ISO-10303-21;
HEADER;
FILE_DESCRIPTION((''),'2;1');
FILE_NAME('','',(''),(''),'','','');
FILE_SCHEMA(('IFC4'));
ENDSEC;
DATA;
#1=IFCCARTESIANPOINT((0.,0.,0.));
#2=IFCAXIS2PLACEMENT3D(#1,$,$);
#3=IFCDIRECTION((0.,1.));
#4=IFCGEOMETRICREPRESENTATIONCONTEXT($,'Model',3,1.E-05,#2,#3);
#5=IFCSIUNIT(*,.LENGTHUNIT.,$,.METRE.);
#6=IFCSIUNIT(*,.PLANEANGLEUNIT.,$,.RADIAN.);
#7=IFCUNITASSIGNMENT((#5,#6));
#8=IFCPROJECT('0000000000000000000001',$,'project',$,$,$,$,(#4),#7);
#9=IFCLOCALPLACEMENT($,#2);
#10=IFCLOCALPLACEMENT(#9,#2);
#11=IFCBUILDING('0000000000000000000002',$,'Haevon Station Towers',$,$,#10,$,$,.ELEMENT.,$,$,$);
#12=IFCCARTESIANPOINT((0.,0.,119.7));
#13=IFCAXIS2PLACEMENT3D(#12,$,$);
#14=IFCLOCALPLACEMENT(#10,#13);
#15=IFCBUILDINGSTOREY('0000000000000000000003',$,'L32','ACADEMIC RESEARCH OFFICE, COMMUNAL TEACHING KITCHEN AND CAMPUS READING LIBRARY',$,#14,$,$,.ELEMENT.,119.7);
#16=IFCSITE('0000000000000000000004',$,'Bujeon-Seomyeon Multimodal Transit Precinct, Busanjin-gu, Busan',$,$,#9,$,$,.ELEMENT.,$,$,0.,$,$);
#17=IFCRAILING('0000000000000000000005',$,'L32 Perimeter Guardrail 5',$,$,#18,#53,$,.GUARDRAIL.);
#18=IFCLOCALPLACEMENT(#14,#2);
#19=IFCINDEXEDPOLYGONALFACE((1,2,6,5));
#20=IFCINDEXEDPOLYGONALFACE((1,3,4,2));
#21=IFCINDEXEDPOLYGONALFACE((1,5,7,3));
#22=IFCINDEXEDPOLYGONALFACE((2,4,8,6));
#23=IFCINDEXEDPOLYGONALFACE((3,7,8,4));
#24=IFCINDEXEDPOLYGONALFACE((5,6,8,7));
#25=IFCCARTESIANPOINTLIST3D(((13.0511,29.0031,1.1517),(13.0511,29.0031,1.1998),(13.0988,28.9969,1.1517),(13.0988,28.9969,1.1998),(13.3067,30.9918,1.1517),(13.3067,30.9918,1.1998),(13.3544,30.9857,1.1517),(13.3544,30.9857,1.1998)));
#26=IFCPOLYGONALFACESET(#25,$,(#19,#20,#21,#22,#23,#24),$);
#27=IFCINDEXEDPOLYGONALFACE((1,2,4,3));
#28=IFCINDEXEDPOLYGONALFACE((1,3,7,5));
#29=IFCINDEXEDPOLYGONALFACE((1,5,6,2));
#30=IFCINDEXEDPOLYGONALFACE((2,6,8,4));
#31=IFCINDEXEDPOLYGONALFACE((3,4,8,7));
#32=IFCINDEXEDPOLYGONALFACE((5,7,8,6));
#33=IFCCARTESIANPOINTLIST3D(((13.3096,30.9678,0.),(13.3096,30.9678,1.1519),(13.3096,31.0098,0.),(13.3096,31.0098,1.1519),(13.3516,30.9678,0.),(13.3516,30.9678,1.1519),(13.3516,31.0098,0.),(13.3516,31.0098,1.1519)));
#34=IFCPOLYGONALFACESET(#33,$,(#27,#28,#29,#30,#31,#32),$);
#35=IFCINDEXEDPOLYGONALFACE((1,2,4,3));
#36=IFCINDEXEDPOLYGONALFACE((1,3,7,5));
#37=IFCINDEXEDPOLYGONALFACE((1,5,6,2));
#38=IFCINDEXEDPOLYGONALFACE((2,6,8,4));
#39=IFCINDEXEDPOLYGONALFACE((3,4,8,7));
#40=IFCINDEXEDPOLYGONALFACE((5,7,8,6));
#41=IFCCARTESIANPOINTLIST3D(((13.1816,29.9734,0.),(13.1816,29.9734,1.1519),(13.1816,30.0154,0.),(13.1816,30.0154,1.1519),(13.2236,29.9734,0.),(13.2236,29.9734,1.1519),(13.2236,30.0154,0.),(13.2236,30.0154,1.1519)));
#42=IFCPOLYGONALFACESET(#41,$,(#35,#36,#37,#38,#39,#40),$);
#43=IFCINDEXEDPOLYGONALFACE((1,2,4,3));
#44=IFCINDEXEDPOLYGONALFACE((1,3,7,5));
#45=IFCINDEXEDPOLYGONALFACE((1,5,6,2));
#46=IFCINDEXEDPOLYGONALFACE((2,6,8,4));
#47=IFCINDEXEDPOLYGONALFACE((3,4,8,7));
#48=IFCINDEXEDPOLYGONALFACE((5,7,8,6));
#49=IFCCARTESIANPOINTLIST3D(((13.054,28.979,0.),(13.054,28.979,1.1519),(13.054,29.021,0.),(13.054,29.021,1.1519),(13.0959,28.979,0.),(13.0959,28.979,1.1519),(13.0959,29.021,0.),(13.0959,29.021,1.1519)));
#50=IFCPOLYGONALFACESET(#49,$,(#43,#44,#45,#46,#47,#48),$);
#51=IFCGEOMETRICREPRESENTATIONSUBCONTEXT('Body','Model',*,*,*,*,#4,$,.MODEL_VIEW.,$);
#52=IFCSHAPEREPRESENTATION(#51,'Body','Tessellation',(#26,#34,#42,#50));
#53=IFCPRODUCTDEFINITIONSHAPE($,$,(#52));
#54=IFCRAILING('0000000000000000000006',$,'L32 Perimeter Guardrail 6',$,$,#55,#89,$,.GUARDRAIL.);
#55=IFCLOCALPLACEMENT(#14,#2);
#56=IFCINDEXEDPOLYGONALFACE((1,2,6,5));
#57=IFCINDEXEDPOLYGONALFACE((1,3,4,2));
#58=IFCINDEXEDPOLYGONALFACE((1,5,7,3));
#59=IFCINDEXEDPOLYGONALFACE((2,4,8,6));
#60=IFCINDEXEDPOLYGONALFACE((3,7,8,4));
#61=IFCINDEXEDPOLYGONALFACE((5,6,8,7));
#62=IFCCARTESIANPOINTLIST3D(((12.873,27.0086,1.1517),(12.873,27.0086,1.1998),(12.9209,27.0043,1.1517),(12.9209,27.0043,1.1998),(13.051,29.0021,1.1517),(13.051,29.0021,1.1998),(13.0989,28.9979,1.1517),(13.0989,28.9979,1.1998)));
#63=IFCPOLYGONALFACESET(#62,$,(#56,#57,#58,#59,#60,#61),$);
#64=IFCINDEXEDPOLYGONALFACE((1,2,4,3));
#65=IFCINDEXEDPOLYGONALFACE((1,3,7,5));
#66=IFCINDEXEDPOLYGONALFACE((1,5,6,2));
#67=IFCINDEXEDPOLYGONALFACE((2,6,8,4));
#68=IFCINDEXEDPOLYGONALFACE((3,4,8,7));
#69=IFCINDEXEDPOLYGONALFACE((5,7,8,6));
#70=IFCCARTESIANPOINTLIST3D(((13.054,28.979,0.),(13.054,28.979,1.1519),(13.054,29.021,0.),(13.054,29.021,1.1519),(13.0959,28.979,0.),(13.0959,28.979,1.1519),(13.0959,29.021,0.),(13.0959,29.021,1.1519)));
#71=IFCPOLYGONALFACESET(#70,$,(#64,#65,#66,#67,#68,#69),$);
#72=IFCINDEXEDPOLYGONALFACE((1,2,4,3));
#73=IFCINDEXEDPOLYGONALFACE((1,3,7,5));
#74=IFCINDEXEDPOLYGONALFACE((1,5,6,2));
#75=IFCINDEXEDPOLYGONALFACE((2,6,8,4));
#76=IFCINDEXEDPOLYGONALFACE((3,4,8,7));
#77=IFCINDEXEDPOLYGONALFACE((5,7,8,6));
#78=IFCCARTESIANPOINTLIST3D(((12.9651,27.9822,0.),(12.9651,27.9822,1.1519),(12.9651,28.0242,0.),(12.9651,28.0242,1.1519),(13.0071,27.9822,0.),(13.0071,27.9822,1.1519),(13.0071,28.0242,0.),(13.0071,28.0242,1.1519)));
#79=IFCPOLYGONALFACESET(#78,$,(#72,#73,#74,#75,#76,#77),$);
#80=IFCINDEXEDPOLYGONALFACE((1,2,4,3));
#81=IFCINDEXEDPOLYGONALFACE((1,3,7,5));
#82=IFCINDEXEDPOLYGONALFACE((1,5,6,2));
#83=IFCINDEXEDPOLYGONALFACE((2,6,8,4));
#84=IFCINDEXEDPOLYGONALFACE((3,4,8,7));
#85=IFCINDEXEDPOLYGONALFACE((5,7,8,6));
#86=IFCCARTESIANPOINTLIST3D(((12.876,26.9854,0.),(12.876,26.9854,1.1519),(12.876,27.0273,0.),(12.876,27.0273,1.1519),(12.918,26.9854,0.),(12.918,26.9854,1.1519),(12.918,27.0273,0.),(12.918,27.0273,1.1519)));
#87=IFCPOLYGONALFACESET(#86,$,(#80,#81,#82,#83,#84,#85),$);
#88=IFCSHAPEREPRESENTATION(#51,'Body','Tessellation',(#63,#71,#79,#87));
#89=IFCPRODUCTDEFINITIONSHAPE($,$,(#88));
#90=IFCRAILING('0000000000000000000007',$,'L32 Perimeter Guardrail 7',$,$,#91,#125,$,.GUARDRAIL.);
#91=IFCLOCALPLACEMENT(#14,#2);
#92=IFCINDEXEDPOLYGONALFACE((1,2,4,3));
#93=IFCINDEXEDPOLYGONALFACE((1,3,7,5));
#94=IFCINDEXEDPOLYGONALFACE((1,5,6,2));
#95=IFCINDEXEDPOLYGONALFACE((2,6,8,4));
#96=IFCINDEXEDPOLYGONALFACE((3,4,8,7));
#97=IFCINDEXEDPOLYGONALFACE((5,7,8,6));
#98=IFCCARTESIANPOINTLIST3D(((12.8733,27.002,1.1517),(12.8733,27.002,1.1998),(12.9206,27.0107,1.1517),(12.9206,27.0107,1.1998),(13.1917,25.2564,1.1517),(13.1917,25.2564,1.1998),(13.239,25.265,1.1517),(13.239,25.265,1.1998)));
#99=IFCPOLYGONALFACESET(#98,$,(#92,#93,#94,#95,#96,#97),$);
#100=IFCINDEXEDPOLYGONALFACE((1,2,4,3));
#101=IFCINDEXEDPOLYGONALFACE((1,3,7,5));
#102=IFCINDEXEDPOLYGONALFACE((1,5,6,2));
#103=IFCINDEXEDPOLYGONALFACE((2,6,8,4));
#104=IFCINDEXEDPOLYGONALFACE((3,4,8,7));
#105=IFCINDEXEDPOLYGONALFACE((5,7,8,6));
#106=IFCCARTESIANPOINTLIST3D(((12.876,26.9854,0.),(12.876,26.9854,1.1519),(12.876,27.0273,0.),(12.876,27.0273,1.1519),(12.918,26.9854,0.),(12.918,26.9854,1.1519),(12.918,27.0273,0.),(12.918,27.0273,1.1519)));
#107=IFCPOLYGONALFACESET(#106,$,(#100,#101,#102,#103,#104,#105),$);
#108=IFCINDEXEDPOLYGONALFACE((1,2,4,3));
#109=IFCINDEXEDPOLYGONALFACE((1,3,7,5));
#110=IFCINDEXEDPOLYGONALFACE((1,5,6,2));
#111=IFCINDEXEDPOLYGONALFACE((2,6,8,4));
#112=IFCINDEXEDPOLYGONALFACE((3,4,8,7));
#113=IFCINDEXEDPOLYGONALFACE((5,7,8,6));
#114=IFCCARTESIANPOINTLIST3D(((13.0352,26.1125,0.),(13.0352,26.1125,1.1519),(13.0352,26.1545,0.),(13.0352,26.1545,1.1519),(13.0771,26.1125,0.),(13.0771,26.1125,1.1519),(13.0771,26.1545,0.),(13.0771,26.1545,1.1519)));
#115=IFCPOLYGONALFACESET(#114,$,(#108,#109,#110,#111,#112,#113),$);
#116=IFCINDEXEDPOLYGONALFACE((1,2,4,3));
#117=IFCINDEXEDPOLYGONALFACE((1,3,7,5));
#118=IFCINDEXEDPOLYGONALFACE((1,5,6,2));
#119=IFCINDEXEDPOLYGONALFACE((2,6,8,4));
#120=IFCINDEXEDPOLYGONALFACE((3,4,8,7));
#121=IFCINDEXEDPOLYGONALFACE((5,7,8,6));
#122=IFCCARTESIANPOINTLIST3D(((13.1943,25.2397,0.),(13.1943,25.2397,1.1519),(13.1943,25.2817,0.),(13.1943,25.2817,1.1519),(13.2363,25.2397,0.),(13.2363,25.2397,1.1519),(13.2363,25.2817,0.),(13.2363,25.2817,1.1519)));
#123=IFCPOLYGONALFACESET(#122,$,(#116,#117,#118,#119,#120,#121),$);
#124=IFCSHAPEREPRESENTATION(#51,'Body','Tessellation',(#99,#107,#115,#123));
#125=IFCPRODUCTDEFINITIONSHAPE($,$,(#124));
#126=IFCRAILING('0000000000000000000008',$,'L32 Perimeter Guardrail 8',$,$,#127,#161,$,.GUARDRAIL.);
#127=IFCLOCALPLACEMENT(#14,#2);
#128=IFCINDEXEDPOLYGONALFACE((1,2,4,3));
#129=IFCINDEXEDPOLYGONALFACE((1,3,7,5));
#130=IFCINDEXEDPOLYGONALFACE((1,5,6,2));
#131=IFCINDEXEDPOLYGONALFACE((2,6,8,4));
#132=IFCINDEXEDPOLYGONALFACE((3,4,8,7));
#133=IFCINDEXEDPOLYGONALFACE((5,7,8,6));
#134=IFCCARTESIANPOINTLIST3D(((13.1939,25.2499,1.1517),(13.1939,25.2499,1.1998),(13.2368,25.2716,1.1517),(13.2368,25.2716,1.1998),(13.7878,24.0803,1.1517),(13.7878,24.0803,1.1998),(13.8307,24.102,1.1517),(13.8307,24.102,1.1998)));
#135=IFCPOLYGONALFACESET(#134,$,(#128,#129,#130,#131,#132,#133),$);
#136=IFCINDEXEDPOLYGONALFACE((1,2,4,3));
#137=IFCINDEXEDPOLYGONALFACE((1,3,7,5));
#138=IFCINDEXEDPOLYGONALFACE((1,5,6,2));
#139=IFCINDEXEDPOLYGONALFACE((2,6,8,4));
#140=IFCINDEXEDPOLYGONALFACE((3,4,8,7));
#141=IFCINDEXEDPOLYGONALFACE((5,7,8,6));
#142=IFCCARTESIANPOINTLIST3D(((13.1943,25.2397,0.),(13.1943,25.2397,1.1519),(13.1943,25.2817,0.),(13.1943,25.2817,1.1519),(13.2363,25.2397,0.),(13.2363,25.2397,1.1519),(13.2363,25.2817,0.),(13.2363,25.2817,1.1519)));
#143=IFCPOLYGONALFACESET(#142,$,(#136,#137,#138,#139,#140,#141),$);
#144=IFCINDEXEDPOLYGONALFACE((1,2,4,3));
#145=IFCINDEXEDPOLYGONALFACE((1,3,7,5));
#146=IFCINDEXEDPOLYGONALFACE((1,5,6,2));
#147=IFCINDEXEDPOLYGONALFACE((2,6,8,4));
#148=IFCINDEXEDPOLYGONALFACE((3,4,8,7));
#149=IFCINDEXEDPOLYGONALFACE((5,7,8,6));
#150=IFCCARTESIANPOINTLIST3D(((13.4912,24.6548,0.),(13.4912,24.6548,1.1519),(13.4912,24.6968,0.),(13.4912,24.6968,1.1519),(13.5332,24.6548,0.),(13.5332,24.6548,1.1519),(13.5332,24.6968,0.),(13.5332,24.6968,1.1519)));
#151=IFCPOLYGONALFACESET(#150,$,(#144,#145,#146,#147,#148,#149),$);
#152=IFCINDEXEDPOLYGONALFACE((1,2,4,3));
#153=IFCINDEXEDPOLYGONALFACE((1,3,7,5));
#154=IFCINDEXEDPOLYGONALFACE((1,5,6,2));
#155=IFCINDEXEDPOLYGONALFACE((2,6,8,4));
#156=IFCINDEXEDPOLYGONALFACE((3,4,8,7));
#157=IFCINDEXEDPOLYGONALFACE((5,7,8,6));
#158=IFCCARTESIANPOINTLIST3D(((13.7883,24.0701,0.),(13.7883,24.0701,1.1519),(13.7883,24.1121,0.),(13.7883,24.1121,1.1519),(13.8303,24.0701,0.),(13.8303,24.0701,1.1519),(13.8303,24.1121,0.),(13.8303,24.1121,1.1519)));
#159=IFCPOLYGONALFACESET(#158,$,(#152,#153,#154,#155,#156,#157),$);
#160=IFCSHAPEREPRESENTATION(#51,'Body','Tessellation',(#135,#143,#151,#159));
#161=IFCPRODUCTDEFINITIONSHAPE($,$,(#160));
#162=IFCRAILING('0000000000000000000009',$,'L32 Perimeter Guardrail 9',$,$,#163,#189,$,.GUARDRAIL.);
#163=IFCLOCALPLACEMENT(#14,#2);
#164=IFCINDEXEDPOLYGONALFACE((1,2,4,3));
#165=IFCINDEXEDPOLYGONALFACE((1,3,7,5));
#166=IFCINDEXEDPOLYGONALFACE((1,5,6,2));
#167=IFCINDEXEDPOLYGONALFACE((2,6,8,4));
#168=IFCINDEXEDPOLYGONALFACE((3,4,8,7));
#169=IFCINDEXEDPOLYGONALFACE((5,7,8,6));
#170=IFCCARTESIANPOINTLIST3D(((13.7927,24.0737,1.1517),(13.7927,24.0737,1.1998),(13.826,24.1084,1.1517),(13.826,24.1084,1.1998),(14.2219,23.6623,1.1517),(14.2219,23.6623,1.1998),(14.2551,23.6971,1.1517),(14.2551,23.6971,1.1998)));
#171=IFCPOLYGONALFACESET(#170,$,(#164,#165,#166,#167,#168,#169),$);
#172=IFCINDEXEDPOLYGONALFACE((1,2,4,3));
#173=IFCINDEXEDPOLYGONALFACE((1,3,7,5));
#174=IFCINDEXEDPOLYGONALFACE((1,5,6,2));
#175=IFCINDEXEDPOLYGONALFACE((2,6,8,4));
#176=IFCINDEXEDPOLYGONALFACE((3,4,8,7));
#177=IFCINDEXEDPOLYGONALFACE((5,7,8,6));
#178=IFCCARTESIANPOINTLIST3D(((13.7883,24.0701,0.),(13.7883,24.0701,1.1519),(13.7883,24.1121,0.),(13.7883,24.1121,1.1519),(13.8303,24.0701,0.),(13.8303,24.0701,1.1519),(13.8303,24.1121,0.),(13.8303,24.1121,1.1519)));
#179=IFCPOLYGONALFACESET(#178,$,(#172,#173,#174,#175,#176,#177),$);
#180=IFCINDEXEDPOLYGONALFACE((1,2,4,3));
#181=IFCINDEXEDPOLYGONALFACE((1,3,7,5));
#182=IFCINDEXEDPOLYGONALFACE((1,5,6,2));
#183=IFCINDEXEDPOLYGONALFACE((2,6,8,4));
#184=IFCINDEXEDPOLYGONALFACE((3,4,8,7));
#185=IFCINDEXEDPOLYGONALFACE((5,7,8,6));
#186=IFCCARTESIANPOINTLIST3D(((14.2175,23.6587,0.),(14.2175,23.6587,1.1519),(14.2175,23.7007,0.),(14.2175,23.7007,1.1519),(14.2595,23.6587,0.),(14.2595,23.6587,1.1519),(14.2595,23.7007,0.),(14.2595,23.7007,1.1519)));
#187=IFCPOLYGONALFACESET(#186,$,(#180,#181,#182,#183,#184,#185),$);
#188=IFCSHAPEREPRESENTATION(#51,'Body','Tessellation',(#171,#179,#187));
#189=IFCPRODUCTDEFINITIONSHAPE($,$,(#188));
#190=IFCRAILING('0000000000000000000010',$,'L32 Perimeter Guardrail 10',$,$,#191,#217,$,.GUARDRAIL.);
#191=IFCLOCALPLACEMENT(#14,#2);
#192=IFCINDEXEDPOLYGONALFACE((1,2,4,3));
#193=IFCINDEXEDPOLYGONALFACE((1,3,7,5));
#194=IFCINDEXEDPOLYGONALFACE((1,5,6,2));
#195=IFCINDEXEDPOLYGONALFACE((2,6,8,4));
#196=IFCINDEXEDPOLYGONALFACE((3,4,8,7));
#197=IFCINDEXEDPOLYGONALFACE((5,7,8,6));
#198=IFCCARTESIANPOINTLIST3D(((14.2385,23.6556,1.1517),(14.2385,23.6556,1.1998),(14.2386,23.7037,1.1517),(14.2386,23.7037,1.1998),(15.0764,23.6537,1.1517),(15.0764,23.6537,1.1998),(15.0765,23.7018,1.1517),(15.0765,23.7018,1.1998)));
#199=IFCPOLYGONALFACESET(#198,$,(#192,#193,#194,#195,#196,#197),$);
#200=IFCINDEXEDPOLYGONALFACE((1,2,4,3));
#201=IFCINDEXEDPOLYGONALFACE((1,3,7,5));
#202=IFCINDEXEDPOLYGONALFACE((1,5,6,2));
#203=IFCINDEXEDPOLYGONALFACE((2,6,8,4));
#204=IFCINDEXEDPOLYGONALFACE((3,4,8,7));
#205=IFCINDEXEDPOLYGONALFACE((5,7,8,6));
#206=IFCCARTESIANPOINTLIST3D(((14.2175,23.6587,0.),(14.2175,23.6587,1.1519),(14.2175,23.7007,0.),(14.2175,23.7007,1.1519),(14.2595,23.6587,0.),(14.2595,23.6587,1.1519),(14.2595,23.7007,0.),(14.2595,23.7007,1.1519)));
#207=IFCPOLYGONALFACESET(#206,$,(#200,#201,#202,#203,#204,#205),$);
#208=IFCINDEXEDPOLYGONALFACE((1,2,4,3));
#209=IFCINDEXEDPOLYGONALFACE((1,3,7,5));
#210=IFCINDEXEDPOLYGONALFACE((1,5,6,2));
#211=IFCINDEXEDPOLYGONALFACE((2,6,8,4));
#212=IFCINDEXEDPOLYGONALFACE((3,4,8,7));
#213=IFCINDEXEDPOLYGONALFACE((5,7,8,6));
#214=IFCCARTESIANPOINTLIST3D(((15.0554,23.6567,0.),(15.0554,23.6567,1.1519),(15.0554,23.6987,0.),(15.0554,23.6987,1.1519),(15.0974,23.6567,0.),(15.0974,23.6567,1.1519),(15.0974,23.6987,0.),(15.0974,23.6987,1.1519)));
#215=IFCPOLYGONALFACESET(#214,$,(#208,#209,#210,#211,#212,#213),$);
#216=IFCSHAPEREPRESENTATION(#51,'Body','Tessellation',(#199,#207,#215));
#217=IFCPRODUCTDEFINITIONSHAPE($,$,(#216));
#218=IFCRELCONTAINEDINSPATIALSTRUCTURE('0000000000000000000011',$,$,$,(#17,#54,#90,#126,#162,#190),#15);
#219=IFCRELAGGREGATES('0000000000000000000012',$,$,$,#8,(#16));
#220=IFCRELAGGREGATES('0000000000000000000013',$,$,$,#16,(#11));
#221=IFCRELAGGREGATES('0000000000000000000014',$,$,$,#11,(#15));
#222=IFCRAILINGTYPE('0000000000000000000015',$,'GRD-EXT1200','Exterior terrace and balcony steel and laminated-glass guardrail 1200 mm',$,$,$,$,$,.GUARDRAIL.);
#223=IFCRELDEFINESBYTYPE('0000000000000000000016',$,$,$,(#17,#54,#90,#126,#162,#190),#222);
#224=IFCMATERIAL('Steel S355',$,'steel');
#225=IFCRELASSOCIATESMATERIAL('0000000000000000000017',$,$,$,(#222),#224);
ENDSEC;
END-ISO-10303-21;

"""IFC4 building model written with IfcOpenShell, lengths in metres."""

from ifc_helpers import new_model, si_unit, direction, frame, origin, origin_2d, place, context, subcontext, project, spatial, rectangle, extrude, material, type_object, element, save


model = new_model("IFC4")

# Units and contexts
model_context = context("Model", 3, precision=1e-05, world=origin(), true_north=direction((0.0, 1.0)))
body_context = subcontext(model_context, "Body", "Model", "MODEL_VIEW")
ifc_project = project(units=[si_unit("LENGTHUNIT", "METRE"), si_unit("PLANEANGLEUNIT", "RADIAN")], contexts=[model_context])

# Site, building, storey
site_placement = place(None, origin())
site = spatial("IfcSite", under=ifc_project, at=site_placement, Name="Bujeon-Seomyeon Multimodal Transit Precinct, Busanjin-gu, Busan", CompositionType="ELEMENT", RefElevation=0.0)
building_placement = place(site_placement, origin())
building = spatial("IfcBuilding", under=site, at=building_placement, Name="Haevon Station Towers", CompositionType="ELEMENT")
storey_placement = place(building_placement, frame((0.0, 0.0, 119.7)))
storey = spatial("IfcBuildingStorey", under=building, at=storey_placement, Name="L32", Description="ACADEMIC RESEARCH OFFICE, COMMUNAL TEACHING KITCHEN AND CAMPUS READING LIBRARY", CompositionType="ELEMENT", Elevation=119.7)

# Shared definitions
ifc_material_1 = material(Name="Steel S355", Category="steel")

# Railings
railing_type = type_object("IfcRailingType", Name="GRD-EXT1200", Description="Exterior terrace and balcony steel and laminated-glass guardrail 1200 mm", PredefinedType="GUARDRAIL", material=ifc_material_1)
railing_1_placement = place(storey_placement, frame((13.3306, 30.9888, 0.0)))
element("IfcRailing", 1, at=railing_1_placement, inside=storey, type_object=railing_type, Name="L32 Perimeter Guardrail 5", PredefinedType="GUARDRAIL", context=body_context, shape_type="SweptSolid", body=[
    extrude(rectangle(XDim=0.0481, YDim=0.0481, at=origin_2d()), frame((0.0, 0.0, 1.1758), z_axis=(-0.127481, -0.991841, 0.0), x_axis=(0.991841, -0.127481, 0.0)), (0.0, 0.0, 1.0), 2.0051),
    extrude(rectangle(XDim=0.042, YDim=0.042, at=origin_2d()), origin(), (0.0, 0.0, 1.0), 1.1519),
    extrude(rectangle(XDim=0.042, YDim=0.042, at=origin_2d()), frame((-0.1279, -0.9944, 0.0)), (0.0, 0.0, 1.0), 1.1519),
    extrude(rectangle(XDim=0.042, YDim=0.042, at=origin_2d()), frame((-0.2556, -1.9888, 0.0)), (0.0, 0.0, 1.0), 1.1519),
])
railing_2_placement = place(storey_placement, frame((13.075, 29.0, 0.0)))
element("IfcRailing", 2, at=railing_2_placement, inside=storey, type_object=railing_type, Name="L32 Perimeter Guardrail 6", PredefinedType="GUARDRAIL", context=body_context, shape_type="SweptSolid", body=[
    extrude(rectangle(XDim=0.0481, YDim=0.0481, at=origin_2d()), frame((0.0, 0.0, 1.1758), z_axis=(-0.088919, -0.996039, 0.0), x_axis=(0.996039, -0.088919, 0.0)), (0.0, 0.0, 1.0), 2.0015),
    extrude(rectangle(XDim=0.042, YDim=0.042, at=origin_2d()), origin(), (0.0, 0.0, 1.0), 1.1519),
    extrude(rectangle(XDim=0.042, YDim=0.042, at=origin_2d()), frame((-0.0889, -0.9968, 0.0)), (0.0, 0.0, 1.0), 1.1519),
    extrude(rectangle(XDim=0.042, YDim=0.042, at=origin_2d()), frame((-0.178, -1.9937, 0.0)), (0.0, 0.0, 1.0), 1.1519),
])
railing_3_placement = place(storey_placement, frame((12.897, 27.0063, 0.0)))
element("IfcRailing", 3, at=railing_3_placement, inside=storey, type_object=railing_type, Name="L32 Perimeter Guardrail 7", PredefinedType="GUARDRAIL", context=body_context, shape_type="SweptSolid", body=[
    extrude(rectangle(XDim=0.0481, YDim=0.0481, at=origin_2d()), frame((0.0, 0.0, 1.1758), z_axis=(0.179418, -0.983773, 0.0), x_axis=(0.983773, 0.179418, 0.0)), (0.0, 0.0, 1.0), 1.7744),
    extrude(rectangle(XDim=0.042, YDim=0.042, at=origin_2d()), origin(), (0.0, 0.0, 1.0), 1.1519),
    extrude(rectangle(XDim=0.042, YDim=0.042, at=origin_2d()), frame((0.1592, -0.8728, 0.0)), (0.0, 0.0, 1.0), 1.1519),
    extrude(rectangle(XDim=0.042, YDim=0.042, at=origin_2d()), frame((0.3184, -1.7456, 0.0)), (0.0, 0.0, 1.0), 1.1519),
])
railing_4_placement = place(storey_placement, frame((13.2153, 25.2607, 0.0)))
element("IfcRailing", 4, at=railing_4_placement, inside=storey, type_object=railing_type, Name="L32 Perimeter Guardrail 8", PredefinedType="GUARDRAIL", context=body_context, shape_type="SweptSolid", body=[
    extrude(rectangle(XDim=0.0481, YDim=0.0481, at=origin_2d()), frame((0.0, 0.0, 1.1758), z_axis=(0.452788, -0.891618, 0.0), x_axis=(0.891618, 0.452788, 0.0)), (0.0, 0.0, 1.0), 1.3118),
    extrude(rectangle(XDim=0.042, YDim=0.042, at=origin_2d()), origin(), (0.0, 0.0, 1.0), 1.1519),
    extrude(rectangle(XDim=0.042, YDim=0.042, at=origin_2d()), frame((0.2969, -0.585, 0.0)), (0.0, 0.0, 1.0), 1.1519),
    extrude(rectangle(XDim=0.042, YDim=0.042, at=origin_2d()), frame((0.594, -1.1697, 0.0)), (0.0, 0.0, 1.0), 1.1519),
])
railing_5_placement = place(storey_placement, frame((13.8093, 24.0911, 0.0)))
element("IfcRailing", 5, at=railing_5_placement, inside=storey, type_object=railing_type, Name="L32 Perimeter Guardrail 9", PredefinedType="GUARDRAIL", context=body_context, shape_type="SweptSolid", body=[
    extrude(rectangle(XDim=0.0481, YDim=0.0481, at=origin_2d()), frame((0.0, 0.0, 1.1758), z_axis=(0.721937, -0.691959, 0.0), x_axis=(0.691959, 0.721937, 0.0)), (0.0, 0.0, 1.0), 0.5945),
    extrude(rectangle(XDim=0.042, YDim=0.042, at=origin_2d()), origin(), (0.0, 0.0, 1.0), 1.1519),
    extrude(rectangle(XDim=0.042, YDim=0.042, at=origin_2d()), frame((0.4292, -0.4114, 0.0)), (0.0, 0.0, 1.0), 1.1519),
])
railing_6_placement = place(storey_placement, frame((14.2385, 23.6797, 0.0)))
element("IfcRailing", 6, at=railing_6_placement, inside=storey, type_object=railing_type, Name="L32 Perimeter Guardrail 10", PredefinedType="GUARDRAIL", context=body_context, shape_type="SweptSolid", body=[
    extrude(rectangle(XDim=0.0481, YDim=0.0481, at=origin_2d()), frame((0.0, 0.0, 1.1758), z_axis=(0.999997, -0.002331, 0.0), x_axis=(0.002331, 0.999997, 0.0)), (0.0, 0.0, 1.0), 0.8379),
    extrude(rectangle(XDim=0.042, YDim=0.042, at=origin_2d()), origin(), (0.0, 0.0, 1.0), 1.1519),
    extrude(rectangle(XDim=0.042, YDim=0.042, at=origin_2d()), frame((0.8379, -0.002, 0.0)), (0.0, 0.0, 1.0), 1.1519),
])

save(model, "model.ifc")
